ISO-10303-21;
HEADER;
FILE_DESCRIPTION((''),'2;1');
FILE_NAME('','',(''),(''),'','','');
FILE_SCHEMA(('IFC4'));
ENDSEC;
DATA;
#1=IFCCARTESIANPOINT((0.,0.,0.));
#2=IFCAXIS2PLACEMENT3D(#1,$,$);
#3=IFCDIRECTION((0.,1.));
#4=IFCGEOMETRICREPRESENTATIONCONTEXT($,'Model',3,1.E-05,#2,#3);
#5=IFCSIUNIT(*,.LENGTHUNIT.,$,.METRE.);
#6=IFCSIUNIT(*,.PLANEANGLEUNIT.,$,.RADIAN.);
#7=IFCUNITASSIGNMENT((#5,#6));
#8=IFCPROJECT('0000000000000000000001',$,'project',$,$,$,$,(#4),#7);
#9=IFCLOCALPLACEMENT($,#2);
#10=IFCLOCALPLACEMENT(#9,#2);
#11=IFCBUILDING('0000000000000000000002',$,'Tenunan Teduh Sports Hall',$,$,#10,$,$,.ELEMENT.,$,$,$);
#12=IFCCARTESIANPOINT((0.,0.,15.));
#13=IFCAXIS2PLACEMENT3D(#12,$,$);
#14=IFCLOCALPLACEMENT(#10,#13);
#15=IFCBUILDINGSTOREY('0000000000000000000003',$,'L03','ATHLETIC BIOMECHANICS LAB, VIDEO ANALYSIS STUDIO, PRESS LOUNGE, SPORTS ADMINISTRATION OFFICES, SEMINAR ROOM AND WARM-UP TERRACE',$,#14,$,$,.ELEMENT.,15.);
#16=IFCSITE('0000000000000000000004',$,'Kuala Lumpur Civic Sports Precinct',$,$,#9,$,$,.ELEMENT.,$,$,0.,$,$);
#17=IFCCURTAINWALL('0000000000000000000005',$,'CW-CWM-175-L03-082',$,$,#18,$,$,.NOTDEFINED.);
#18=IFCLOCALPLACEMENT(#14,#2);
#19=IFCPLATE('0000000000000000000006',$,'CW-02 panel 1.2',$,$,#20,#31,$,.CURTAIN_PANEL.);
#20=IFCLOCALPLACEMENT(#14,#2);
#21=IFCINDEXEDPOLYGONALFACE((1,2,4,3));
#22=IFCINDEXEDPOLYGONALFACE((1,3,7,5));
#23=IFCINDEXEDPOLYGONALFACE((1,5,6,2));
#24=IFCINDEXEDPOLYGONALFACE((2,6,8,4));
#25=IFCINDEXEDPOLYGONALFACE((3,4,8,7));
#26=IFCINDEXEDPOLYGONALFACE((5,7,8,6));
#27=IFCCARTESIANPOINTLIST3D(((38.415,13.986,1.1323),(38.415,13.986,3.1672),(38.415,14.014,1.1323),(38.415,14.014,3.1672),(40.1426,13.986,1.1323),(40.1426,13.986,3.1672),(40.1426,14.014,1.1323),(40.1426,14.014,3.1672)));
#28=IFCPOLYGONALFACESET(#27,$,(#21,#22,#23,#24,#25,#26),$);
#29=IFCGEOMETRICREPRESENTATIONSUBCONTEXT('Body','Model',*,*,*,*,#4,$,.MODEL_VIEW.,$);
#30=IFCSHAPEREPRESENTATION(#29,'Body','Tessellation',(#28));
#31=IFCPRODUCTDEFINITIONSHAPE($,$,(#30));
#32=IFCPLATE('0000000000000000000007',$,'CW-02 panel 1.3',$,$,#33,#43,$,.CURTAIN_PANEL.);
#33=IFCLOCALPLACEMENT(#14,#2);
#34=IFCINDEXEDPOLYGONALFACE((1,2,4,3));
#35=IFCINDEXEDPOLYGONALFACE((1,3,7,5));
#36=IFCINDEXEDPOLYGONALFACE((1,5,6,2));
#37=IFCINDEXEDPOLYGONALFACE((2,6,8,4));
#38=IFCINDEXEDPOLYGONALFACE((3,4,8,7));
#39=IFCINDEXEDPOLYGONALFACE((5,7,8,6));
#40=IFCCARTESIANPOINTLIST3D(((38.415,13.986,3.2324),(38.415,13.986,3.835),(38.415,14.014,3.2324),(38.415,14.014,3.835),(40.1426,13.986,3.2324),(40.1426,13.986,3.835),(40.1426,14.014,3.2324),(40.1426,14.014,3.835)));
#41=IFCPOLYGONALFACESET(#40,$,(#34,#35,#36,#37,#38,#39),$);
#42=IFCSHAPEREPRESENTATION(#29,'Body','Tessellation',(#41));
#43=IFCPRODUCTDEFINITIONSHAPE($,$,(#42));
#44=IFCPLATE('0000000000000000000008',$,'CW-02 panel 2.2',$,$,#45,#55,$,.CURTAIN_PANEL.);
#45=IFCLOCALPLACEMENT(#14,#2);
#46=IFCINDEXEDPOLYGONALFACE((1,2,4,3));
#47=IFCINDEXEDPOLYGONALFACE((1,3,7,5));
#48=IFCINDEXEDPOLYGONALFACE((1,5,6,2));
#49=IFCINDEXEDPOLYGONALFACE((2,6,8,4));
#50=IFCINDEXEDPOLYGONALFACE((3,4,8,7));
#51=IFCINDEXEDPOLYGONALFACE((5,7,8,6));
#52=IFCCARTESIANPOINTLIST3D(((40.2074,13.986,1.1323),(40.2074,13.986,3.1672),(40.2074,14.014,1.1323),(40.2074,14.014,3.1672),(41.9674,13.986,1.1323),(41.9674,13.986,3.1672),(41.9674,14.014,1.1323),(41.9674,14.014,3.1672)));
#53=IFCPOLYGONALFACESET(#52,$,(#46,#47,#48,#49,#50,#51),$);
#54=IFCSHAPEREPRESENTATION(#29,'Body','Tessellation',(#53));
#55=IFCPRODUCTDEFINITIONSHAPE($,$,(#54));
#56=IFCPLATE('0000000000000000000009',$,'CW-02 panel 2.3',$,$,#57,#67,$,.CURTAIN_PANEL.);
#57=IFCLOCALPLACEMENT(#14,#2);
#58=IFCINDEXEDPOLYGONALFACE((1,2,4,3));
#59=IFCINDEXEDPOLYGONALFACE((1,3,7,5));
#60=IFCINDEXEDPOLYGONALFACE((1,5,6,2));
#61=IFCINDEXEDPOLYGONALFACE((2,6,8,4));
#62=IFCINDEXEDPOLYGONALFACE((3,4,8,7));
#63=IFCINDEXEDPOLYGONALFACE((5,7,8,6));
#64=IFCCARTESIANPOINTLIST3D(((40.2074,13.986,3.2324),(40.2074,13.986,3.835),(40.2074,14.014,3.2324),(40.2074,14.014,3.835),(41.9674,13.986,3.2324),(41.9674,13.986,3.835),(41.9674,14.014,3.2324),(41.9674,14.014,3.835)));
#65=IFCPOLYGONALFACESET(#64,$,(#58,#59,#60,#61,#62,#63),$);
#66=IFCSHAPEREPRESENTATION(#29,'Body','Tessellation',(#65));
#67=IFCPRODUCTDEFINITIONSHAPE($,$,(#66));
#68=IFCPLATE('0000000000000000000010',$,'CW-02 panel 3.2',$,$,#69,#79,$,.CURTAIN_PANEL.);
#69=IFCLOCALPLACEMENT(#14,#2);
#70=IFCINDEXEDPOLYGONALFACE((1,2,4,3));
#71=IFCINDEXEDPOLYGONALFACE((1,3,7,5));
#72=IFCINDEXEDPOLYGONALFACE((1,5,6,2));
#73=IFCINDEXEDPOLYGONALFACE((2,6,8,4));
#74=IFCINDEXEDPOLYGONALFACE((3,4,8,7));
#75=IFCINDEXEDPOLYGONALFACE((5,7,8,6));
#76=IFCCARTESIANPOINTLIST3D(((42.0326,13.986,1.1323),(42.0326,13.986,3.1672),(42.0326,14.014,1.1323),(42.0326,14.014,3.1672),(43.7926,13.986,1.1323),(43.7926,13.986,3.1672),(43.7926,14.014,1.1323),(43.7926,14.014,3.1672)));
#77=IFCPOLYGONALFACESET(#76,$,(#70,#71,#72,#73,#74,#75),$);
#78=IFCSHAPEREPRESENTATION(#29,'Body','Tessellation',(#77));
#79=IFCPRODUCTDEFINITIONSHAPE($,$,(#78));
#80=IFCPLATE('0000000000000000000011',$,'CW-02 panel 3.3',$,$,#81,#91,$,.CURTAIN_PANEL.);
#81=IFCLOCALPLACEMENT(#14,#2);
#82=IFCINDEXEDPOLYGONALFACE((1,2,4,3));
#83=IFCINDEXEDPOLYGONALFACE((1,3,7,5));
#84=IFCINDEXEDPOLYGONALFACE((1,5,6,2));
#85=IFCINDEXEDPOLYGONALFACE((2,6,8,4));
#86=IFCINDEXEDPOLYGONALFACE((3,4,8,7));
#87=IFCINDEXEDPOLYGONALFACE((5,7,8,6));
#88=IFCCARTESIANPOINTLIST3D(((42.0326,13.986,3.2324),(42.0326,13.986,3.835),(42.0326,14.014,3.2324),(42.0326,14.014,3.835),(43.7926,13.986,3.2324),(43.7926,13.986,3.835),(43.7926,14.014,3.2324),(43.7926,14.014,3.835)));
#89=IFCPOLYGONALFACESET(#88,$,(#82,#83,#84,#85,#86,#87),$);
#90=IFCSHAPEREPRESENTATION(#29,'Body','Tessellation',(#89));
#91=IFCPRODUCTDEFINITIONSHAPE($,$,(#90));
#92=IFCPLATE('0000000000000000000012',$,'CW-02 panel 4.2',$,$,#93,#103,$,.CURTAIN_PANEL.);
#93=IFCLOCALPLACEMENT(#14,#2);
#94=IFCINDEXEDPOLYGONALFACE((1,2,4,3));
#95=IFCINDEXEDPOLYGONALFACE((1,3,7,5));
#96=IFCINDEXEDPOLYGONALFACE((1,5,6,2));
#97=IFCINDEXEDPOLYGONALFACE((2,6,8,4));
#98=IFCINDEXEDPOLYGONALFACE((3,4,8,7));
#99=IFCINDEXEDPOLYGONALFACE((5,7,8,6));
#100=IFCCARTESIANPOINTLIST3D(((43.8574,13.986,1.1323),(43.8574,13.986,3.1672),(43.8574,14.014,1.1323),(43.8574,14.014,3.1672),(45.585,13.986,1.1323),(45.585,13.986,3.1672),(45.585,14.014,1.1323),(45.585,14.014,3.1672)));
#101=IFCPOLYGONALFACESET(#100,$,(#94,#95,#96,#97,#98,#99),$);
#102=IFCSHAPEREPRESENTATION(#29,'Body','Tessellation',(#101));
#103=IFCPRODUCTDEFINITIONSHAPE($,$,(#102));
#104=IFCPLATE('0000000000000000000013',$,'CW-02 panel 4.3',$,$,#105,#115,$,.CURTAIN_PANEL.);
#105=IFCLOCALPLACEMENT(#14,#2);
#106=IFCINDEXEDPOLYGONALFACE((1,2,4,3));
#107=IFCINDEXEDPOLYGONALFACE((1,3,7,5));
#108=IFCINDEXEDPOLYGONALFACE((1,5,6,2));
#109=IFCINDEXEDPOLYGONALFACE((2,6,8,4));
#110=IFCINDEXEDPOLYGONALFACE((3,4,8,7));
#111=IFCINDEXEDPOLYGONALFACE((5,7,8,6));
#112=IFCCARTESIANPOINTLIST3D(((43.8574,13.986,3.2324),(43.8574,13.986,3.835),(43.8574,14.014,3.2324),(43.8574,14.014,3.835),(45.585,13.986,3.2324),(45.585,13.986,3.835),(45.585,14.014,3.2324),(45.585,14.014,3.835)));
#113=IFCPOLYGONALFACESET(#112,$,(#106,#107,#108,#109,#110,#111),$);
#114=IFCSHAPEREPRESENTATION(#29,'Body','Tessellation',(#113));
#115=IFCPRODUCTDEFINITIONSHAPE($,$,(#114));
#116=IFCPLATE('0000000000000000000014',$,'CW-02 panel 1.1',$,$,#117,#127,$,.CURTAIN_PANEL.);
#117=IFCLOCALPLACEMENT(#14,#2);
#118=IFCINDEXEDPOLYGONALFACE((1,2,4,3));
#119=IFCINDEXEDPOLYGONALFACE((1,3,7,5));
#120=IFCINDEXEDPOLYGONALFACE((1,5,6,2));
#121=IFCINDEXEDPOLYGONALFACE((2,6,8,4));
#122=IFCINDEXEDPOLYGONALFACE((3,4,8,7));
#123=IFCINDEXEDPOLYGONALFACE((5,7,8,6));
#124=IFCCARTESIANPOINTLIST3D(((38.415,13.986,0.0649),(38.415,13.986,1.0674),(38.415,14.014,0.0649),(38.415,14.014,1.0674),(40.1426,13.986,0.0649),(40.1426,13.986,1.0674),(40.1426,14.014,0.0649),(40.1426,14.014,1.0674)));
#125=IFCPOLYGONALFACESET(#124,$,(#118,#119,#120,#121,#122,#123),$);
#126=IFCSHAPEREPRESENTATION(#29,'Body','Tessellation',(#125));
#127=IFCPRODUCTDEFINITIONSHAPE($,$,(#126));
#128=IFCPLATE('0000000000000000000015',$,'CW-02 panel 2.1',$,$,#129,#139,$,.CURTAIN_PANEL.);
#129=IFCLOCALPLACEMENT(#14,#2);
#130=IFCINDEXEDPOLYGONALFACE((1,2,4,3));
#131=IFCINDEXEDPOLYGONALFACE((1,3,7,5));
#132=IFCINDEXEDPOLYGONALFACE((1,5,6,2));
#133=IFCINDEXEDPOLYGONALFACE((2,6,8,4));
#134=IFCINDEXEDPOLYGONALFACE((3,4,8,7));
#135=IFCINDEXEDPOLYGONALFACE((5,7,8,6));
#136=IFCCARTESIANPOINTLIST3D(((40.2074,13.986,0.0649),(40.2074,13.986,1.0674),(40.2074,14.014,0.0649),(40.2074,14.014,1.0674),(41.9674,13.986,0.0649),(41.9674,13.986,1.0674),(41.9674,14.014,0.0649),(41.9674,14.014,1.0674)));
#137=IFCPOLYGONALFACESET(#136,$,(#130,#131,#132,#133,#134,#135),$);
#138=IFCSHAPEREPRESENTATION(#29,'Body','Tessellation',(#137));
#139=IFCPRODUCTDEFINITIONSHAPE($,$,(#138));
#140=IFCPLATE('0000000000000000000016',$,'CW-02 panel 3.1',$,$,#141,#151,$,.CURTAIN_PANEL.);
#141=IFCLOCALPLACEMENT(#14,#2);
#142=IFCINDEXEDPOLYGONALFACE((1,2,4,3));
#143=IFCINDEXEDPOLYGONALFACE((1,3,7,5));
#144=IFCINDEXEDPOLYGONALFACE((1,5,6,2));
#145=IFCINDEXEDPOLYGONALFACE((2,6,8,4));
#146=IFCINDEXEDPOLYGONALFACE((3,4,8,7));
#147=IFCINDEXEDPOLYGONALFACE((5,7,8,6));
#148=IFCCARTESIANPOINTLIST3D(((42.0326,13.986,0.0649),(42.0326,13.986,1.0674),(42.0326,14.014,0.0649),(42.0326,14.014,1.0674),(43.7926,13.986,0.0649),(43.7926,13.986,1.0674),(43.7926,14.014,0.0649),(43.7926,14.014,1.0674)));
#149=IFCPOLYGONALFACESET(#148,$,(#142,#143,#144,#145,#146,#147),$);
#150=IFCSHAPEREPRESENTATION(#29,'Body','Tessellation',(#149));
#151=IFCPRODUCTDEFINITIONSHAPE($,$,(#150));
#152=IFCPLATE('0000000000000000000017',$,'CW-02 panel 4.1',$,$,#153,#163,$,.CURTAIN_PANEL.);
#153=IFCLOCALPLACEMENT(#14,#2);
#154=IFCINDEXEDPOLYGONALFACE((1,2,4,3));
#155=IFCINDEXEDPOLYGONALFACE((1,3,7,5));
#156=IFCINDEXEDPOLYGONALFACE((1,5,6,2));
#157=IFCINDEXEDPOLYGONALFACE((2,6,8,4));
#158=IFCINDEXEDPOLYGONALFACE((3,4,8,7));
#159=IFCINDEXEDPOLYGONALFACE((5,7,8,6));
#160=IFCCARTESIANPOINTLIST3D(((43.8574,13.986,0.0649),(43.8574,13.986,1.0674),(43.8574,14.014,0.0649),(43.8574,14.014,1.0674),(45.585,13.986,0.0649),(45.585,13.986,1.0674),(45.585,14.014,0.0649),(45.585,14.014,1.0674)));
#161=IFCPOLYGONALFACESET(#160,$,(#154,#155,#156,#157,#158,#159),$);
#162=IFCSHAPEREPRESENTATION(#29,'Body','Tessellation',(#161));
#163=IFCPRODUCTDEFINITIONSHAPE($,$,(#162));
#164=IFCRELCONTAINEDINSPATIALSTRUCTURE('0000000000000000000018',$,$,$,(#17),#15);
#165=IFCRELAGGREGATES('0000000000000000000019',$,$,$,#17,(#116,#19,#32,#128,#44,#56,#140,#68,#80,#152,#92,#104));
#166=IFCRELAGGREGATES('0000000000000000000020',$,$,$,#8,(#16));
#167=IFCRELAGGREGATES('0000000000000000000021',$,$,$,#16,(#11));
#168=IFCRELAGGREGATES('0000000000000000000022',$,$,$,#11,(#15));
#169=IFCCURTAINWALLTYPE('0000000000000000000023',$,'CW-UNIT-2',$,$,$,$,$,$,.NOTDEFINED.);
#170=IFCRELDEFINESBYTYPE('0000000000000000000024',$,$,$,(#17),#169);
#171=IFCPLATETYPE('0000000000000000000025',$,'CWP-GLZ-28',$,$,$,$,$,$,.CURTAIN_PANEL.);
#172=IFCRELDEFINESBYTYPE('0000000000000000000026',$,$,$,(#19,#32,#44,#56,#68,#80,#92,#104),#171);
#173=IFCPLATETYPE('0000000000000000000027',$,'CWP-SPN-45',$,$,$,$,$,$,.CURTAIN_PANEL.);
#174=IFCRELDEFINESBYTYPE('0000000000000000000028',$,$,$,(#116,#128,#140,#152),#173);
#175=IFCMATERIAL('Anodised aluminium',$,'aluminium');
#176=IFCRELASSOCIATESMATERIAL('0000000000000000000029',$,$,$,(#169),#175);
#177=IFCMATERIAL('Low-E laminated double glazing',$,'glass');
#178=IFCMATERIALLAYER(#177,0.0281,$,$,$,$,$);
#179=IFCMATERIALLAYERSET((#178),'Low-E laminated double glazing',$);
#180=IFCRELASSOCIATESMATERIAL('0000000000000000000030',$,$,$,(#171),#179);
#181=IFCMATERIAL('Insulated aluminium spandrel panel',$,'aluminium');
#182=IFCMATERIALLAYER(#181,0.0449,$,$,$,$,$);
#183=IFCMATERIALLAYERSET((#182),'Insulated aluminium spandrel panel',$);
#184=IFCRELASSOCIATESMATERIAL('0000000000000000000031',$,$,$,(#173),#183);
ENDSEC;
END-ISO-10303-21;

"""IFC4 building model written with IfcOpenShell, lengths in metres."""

from ifc_helpers import new_model, si_unit, direction, frame, origin, origin_2d, place, context, subcontext, project, spatial, rectangle, extrude, material, layer, layer_set, type_object, element, aggregate, save


model = new_model("IFC4")

# Units and contexts
model_context = context("Model", 3, precision=1e-05, world=origin(), true_north=direction((0.0, 1.0)))
body_context = subcontext(model_context, "Body", "Model", "MODEL_VIEW")
ifc_project = project(units=[si_unit("LENGTHUNIT", "METRE"), si_unit("PLANEANGLEUNIT", "RADIAN")], contexts=[model_context])

# Site, building, storey
site_placement = place(None, origin())
site = spatial("IfcSite", under=ifc_project, at=site_placement, Name="Kuala Lumpur Civic Sports Precinct", CompositionType="ELEMENT", RefElevation=0.0)
building_placement = place(site_placement, origin())
building = spatial("IfcBuilding", under=site, at=building_placement, Name="Tenunan Teduh Sports Hall", CompositionType="ELEMENT")
storey_placement = place(building_placement, frame((0.0, 0.0, 15.0)))
storey = spatial("IfcBuildingStorey", under=building, at=storey_placement, Name="L03", Description="ATHLETIC BIOMECHANICS LAB, VIDEO ANALYSIS STUDIO, PRESS LOUNGE, SPORTS ADMINISTRATION OFFICES, SEMINAR ROOM AND WARM-UP TERRACE", CompositionType="ELEMENT", Elevation=15.0)

# Curtain wall
ifc_material_1 = material(Name="Anodised aluminium", Category="aluminium")
curtain_wall_type = type_object("IfcCurtainWallType", Name="CW-UNIT-2", PredefinedType="NOTDEFINED", material=ifc_material_1)
curtain_wall_1_placement = place(storey_placement, origin())
curtain_wall_1 = element("IfcCurtainWall", 1, at=curtain_wall_1_placement, inside=storey, type_object=curtain_wall_type, Name="CW-CWM-175-L03-082", PredefinedType="NOTDEFINED")

# Plates
ifc_material_2 = material(Name="Low-E laminated double glazing", Category="glass")
ifc_layer_1 = layer(ifc_material_2, 0.0281)
ifc_layer_set_1 = layer_set([ifc_layer_1], Name="Low-E laminated double glazing")
plate_type_1 = type_object("IfcPlateType", Name="CWP-GLZ-28", PredefinedType="CURTAIN_PANEL", material=ifc_layer_set_1)
plate_1_placement = place(storey_placement, frame((39.2788, 14.0, 1.1323), z_axis=(0.0, 0.0, 1.0), x_axis=(1.0, 0.0, 0.0)))
plate_1 = element("IfcPlate", 2, at=plate_1_placement, type_object=plate_type_1, Name="CW-02 panel 1.2", PredefinedType="CURTAIN_PANEL", context=body_context, shape_type="SweptSolid", body=[
    extrude(rectangle(XDim=1.7275, YDim=0.0281, at=origin_2d()), origin(), (0.0, 0.0, 1.0), 2.0349),
])
plate_2_placement = place(storey_placement, frame((39.2788, 14.0, 3.2324), z_axis=(0.0, 0.0, 1.0), x_axis=(1.0, 0.0, 0.0)))
plate_2 = element("IfcPlate", 3, at=plate_2_placement, type_object=plate_type_1, Name="CW-02 panel 1.3", PredefinedType="CURTAIN_PANEL", context=body_context, shape_type="SweptSolid", body=[
    extrude(rectangle(XDim=1.7275, YDim=0.0281, at=origin_2d()), origin(), (0.0, 0.0, 1.0), 0.6025),
])
plate_3_placement = place(storey_placement, frame((41.0874, 14.0, 1.1323), z_axis=(0.0, 0.0, 1.0), x_axis=(1.0, 0.0, 0.0)))
plate_3 = element("IfcPlate", 4, at=plate_3_placement, type_object=plate_type_1, Name="CW-02 panel 2.2", PredefinedType="CURTAIN_PANEL", context=body_context, shape_type="SweptSolid", body=[
    extrude(rectangle(XDim=1.76, YDim=0.0281, at=origin_2d()), origin(), (0.0, 0.0, 1.0), 2.0349),
])
plate_4_placement = place(storey_placement, frame((41.0874, 14.0, 3.2324), z_axis=(0.0, 0.0, 1.0), x_axis=(1.0, 0.0, 0.0)))
plate_4 = element("IfcPlate", 5, at=plate_4_placement, type_object=plate_type_1, Name="CW-02 panel 2.3", PredefinedType="CURTAIN_PANEL", context=body_context, shape_type="SweptSolid", body=[
    extrude(rectangle(XDim=1.76, YDim=0.0281, at=origin_2d()), origin(), (0.0, 0.0, 1.0), 0.6025),
])
plate_5_placement = place(storey_placement, frame((42.9126, 14.0, 1.1323), z_axis=(0.0, 0.0, 1.0), x_axis=(1.0, 0.0, 0.0)))
plate_5 = element("IfcPlate", 6, at=plate_5_placement, type_object=plate_type_1, Name="CW-02 panel 3.2", PredefinedType="CURTAIN_PANEL", context=body_context, shape_type="SweptSolid", body=[
    extrude(rectangle(XDim=1.76, YDim=0.0281, at=origin_2d()), origin(), (0.0, 0.0, 1.0), 2.0349),
])
plate_6_placement = place(storey_placement, frame((42.9126, 14.0, 3.2324), z_axis=(0.0, 0.0, 1.0), x_axis=(1.0, 0.0, 0.0)))
plate_6 = element("IfcPlate", 7, at=plate_6_placement, type_object=plate_type_1, Name="CW-02 panel 3.3", PredefinedType="CURTAIN_PANEL", context=body_context, shape_type="SweptSolid", body=[
    extrude(rectangle(XDim=1.76, YDim=0.0281, at=origin_2d()), origin(), (0.0, 0.0, 1.0), 0.6025),
])
plate_7_placement = place(storey_placement, frame((44.7212, 14.0, 1.1323), z_axis=(0.0, 0.0, 1.0), x_axis=(1.0, 0.0, 0.0)))
plate_7 = element("IfcPlate", 8, at=plate_7_placement, type_object=plate_type_1, Name="CW-02 panel 4.2", PredefinedType="CURTAIN_PANEL", context=body_context, shape_type="SweptSolid", body=[
    extrude(rectangle(XDim=1.7275, YDim=0.0281, at=origin_2d()), origin(), (0.0, 0.0, 1.0), 2.0349),
])
plate_8_placement = place(storey_placement, frame((44.7212, 14.0, 3.2324), z_axis=(0.0, 0.0, 1.0), x_axis=(1.0, 0.0, 0.0)))
plate_8 = element("IfcPlate", 9, at=plate_8_placement, type_object=plate_type_1, Name="CW-02 panel 4.3", PredefinedType="CURTAIN_PANEL", context=body_context, shape_type="SweptSolid", body=[
    extrude(rectangle(XDim=1.7275, YDim=0.0281, at=origin_2d()), origin(), (0.0, 0.0, 1.0), 0.6025),
])
ifc_material_3 = material(Name="Insulated aluminium spandrel panel", Category="aluminium")
ifc_layer_2 = layer(ifc_material_3, 0.0449)
ifc_layer_set_2 = layer_set([ifc_layer_2], Name="Insulated aluminium spandrel panel")
plate_type_2 = type_object("IfcPlateType", Name="CWP-SPN-45", PredefinedType="CURTAIN_PANEL", material=ifc_layer_set_2)
plate_9_placement = place(storey_placement, frame((39.2788, 14.0, 0.0649), z_axis=(0.0, 0.0, 1.0), x_axis=(1.0, 0.0, 0.0)))
plate_9 = element("IfcPlate", 10, at=plate_9_placement, type_object=plate_type_2, Name="CW-02 panel 1.1", PredefinedType="CURTAIN_PANEL", context=body_context, shape_type="SweptSolid", body=[
    extrude(rectangle(XDim=1.7275, YDim=0.0281, at=origin_2d()), origin(), (0.0, 0.0, 1.0), 1.0024),
])
plate_10_placement = place(storey_placement, frame((41.0874, 14.0, 0.0649), z_axis=(0.0, 0.0, 1.0), x_axis=(1.0, 0.0, 0.0)))
plate_10 = element("IfcPlate", 11, at=plate_10_placement, type_object=plate_type_2, Name="CW-02 panel 2.1", PredefinedType="CURTAIN_PANEL", context=body_context, shape_type="SweptSolid", body=[
    extrude(rectangle(XDim=1.76, YDim=0.0281, at=origin_2d()), origin(), (0.0, 0.0, 1.0), 1.0024),
])
plate_11_placement = place(storey_placement, frame((42.9126, 14.0, 0.0649), z_axis=(0.0, 0.0, 1.0), x_axis=(1.0, 0.0, 0.0)))
plate_11 = element("IfcPlate", 12, at=plate_11_placement, type_object=plate_type_2, Name="CW-02 panel 3.1", PredefinedType="CURTAIN_PANEL", context=body_context, shape_type="SweptSolid", body=[
    extrude(rectangle(XDim=1.76, YDim=0.0281, at=origin_2d()), origin(), (0.0, 0.0, 1.0), 1.0024),
])
plate_12_placement = place(storey_placement, frame((44.7212, 14.0, 0.0649), z_axis=(0.0, 0.0, 1.0), x_axis=(1.0, 0.0, 0.0)))
plate_12 = element("IfcPlate", 13, at=plate_12_placement, type_object=plate_type_2, Name="CW-02 panel 4.1", PredefinedType="CURTAIN_PANEL", context=body_context, shape_type="SweptSolid", body=[
    extrude(rectangle(XDim=1.7275, YDim=0.0281, at=origin_2d()), origin(), (0.0, 0.0, 1.0), 1.0024),
])
aggregate(curtain_wall_1, [plate_9, plate_1, plate_2, plate_10, plate_3, plate_4, plate_11, plate_5, plate_6, plate_12, plate_7, plate_8])

save(model, "model.ifc")
